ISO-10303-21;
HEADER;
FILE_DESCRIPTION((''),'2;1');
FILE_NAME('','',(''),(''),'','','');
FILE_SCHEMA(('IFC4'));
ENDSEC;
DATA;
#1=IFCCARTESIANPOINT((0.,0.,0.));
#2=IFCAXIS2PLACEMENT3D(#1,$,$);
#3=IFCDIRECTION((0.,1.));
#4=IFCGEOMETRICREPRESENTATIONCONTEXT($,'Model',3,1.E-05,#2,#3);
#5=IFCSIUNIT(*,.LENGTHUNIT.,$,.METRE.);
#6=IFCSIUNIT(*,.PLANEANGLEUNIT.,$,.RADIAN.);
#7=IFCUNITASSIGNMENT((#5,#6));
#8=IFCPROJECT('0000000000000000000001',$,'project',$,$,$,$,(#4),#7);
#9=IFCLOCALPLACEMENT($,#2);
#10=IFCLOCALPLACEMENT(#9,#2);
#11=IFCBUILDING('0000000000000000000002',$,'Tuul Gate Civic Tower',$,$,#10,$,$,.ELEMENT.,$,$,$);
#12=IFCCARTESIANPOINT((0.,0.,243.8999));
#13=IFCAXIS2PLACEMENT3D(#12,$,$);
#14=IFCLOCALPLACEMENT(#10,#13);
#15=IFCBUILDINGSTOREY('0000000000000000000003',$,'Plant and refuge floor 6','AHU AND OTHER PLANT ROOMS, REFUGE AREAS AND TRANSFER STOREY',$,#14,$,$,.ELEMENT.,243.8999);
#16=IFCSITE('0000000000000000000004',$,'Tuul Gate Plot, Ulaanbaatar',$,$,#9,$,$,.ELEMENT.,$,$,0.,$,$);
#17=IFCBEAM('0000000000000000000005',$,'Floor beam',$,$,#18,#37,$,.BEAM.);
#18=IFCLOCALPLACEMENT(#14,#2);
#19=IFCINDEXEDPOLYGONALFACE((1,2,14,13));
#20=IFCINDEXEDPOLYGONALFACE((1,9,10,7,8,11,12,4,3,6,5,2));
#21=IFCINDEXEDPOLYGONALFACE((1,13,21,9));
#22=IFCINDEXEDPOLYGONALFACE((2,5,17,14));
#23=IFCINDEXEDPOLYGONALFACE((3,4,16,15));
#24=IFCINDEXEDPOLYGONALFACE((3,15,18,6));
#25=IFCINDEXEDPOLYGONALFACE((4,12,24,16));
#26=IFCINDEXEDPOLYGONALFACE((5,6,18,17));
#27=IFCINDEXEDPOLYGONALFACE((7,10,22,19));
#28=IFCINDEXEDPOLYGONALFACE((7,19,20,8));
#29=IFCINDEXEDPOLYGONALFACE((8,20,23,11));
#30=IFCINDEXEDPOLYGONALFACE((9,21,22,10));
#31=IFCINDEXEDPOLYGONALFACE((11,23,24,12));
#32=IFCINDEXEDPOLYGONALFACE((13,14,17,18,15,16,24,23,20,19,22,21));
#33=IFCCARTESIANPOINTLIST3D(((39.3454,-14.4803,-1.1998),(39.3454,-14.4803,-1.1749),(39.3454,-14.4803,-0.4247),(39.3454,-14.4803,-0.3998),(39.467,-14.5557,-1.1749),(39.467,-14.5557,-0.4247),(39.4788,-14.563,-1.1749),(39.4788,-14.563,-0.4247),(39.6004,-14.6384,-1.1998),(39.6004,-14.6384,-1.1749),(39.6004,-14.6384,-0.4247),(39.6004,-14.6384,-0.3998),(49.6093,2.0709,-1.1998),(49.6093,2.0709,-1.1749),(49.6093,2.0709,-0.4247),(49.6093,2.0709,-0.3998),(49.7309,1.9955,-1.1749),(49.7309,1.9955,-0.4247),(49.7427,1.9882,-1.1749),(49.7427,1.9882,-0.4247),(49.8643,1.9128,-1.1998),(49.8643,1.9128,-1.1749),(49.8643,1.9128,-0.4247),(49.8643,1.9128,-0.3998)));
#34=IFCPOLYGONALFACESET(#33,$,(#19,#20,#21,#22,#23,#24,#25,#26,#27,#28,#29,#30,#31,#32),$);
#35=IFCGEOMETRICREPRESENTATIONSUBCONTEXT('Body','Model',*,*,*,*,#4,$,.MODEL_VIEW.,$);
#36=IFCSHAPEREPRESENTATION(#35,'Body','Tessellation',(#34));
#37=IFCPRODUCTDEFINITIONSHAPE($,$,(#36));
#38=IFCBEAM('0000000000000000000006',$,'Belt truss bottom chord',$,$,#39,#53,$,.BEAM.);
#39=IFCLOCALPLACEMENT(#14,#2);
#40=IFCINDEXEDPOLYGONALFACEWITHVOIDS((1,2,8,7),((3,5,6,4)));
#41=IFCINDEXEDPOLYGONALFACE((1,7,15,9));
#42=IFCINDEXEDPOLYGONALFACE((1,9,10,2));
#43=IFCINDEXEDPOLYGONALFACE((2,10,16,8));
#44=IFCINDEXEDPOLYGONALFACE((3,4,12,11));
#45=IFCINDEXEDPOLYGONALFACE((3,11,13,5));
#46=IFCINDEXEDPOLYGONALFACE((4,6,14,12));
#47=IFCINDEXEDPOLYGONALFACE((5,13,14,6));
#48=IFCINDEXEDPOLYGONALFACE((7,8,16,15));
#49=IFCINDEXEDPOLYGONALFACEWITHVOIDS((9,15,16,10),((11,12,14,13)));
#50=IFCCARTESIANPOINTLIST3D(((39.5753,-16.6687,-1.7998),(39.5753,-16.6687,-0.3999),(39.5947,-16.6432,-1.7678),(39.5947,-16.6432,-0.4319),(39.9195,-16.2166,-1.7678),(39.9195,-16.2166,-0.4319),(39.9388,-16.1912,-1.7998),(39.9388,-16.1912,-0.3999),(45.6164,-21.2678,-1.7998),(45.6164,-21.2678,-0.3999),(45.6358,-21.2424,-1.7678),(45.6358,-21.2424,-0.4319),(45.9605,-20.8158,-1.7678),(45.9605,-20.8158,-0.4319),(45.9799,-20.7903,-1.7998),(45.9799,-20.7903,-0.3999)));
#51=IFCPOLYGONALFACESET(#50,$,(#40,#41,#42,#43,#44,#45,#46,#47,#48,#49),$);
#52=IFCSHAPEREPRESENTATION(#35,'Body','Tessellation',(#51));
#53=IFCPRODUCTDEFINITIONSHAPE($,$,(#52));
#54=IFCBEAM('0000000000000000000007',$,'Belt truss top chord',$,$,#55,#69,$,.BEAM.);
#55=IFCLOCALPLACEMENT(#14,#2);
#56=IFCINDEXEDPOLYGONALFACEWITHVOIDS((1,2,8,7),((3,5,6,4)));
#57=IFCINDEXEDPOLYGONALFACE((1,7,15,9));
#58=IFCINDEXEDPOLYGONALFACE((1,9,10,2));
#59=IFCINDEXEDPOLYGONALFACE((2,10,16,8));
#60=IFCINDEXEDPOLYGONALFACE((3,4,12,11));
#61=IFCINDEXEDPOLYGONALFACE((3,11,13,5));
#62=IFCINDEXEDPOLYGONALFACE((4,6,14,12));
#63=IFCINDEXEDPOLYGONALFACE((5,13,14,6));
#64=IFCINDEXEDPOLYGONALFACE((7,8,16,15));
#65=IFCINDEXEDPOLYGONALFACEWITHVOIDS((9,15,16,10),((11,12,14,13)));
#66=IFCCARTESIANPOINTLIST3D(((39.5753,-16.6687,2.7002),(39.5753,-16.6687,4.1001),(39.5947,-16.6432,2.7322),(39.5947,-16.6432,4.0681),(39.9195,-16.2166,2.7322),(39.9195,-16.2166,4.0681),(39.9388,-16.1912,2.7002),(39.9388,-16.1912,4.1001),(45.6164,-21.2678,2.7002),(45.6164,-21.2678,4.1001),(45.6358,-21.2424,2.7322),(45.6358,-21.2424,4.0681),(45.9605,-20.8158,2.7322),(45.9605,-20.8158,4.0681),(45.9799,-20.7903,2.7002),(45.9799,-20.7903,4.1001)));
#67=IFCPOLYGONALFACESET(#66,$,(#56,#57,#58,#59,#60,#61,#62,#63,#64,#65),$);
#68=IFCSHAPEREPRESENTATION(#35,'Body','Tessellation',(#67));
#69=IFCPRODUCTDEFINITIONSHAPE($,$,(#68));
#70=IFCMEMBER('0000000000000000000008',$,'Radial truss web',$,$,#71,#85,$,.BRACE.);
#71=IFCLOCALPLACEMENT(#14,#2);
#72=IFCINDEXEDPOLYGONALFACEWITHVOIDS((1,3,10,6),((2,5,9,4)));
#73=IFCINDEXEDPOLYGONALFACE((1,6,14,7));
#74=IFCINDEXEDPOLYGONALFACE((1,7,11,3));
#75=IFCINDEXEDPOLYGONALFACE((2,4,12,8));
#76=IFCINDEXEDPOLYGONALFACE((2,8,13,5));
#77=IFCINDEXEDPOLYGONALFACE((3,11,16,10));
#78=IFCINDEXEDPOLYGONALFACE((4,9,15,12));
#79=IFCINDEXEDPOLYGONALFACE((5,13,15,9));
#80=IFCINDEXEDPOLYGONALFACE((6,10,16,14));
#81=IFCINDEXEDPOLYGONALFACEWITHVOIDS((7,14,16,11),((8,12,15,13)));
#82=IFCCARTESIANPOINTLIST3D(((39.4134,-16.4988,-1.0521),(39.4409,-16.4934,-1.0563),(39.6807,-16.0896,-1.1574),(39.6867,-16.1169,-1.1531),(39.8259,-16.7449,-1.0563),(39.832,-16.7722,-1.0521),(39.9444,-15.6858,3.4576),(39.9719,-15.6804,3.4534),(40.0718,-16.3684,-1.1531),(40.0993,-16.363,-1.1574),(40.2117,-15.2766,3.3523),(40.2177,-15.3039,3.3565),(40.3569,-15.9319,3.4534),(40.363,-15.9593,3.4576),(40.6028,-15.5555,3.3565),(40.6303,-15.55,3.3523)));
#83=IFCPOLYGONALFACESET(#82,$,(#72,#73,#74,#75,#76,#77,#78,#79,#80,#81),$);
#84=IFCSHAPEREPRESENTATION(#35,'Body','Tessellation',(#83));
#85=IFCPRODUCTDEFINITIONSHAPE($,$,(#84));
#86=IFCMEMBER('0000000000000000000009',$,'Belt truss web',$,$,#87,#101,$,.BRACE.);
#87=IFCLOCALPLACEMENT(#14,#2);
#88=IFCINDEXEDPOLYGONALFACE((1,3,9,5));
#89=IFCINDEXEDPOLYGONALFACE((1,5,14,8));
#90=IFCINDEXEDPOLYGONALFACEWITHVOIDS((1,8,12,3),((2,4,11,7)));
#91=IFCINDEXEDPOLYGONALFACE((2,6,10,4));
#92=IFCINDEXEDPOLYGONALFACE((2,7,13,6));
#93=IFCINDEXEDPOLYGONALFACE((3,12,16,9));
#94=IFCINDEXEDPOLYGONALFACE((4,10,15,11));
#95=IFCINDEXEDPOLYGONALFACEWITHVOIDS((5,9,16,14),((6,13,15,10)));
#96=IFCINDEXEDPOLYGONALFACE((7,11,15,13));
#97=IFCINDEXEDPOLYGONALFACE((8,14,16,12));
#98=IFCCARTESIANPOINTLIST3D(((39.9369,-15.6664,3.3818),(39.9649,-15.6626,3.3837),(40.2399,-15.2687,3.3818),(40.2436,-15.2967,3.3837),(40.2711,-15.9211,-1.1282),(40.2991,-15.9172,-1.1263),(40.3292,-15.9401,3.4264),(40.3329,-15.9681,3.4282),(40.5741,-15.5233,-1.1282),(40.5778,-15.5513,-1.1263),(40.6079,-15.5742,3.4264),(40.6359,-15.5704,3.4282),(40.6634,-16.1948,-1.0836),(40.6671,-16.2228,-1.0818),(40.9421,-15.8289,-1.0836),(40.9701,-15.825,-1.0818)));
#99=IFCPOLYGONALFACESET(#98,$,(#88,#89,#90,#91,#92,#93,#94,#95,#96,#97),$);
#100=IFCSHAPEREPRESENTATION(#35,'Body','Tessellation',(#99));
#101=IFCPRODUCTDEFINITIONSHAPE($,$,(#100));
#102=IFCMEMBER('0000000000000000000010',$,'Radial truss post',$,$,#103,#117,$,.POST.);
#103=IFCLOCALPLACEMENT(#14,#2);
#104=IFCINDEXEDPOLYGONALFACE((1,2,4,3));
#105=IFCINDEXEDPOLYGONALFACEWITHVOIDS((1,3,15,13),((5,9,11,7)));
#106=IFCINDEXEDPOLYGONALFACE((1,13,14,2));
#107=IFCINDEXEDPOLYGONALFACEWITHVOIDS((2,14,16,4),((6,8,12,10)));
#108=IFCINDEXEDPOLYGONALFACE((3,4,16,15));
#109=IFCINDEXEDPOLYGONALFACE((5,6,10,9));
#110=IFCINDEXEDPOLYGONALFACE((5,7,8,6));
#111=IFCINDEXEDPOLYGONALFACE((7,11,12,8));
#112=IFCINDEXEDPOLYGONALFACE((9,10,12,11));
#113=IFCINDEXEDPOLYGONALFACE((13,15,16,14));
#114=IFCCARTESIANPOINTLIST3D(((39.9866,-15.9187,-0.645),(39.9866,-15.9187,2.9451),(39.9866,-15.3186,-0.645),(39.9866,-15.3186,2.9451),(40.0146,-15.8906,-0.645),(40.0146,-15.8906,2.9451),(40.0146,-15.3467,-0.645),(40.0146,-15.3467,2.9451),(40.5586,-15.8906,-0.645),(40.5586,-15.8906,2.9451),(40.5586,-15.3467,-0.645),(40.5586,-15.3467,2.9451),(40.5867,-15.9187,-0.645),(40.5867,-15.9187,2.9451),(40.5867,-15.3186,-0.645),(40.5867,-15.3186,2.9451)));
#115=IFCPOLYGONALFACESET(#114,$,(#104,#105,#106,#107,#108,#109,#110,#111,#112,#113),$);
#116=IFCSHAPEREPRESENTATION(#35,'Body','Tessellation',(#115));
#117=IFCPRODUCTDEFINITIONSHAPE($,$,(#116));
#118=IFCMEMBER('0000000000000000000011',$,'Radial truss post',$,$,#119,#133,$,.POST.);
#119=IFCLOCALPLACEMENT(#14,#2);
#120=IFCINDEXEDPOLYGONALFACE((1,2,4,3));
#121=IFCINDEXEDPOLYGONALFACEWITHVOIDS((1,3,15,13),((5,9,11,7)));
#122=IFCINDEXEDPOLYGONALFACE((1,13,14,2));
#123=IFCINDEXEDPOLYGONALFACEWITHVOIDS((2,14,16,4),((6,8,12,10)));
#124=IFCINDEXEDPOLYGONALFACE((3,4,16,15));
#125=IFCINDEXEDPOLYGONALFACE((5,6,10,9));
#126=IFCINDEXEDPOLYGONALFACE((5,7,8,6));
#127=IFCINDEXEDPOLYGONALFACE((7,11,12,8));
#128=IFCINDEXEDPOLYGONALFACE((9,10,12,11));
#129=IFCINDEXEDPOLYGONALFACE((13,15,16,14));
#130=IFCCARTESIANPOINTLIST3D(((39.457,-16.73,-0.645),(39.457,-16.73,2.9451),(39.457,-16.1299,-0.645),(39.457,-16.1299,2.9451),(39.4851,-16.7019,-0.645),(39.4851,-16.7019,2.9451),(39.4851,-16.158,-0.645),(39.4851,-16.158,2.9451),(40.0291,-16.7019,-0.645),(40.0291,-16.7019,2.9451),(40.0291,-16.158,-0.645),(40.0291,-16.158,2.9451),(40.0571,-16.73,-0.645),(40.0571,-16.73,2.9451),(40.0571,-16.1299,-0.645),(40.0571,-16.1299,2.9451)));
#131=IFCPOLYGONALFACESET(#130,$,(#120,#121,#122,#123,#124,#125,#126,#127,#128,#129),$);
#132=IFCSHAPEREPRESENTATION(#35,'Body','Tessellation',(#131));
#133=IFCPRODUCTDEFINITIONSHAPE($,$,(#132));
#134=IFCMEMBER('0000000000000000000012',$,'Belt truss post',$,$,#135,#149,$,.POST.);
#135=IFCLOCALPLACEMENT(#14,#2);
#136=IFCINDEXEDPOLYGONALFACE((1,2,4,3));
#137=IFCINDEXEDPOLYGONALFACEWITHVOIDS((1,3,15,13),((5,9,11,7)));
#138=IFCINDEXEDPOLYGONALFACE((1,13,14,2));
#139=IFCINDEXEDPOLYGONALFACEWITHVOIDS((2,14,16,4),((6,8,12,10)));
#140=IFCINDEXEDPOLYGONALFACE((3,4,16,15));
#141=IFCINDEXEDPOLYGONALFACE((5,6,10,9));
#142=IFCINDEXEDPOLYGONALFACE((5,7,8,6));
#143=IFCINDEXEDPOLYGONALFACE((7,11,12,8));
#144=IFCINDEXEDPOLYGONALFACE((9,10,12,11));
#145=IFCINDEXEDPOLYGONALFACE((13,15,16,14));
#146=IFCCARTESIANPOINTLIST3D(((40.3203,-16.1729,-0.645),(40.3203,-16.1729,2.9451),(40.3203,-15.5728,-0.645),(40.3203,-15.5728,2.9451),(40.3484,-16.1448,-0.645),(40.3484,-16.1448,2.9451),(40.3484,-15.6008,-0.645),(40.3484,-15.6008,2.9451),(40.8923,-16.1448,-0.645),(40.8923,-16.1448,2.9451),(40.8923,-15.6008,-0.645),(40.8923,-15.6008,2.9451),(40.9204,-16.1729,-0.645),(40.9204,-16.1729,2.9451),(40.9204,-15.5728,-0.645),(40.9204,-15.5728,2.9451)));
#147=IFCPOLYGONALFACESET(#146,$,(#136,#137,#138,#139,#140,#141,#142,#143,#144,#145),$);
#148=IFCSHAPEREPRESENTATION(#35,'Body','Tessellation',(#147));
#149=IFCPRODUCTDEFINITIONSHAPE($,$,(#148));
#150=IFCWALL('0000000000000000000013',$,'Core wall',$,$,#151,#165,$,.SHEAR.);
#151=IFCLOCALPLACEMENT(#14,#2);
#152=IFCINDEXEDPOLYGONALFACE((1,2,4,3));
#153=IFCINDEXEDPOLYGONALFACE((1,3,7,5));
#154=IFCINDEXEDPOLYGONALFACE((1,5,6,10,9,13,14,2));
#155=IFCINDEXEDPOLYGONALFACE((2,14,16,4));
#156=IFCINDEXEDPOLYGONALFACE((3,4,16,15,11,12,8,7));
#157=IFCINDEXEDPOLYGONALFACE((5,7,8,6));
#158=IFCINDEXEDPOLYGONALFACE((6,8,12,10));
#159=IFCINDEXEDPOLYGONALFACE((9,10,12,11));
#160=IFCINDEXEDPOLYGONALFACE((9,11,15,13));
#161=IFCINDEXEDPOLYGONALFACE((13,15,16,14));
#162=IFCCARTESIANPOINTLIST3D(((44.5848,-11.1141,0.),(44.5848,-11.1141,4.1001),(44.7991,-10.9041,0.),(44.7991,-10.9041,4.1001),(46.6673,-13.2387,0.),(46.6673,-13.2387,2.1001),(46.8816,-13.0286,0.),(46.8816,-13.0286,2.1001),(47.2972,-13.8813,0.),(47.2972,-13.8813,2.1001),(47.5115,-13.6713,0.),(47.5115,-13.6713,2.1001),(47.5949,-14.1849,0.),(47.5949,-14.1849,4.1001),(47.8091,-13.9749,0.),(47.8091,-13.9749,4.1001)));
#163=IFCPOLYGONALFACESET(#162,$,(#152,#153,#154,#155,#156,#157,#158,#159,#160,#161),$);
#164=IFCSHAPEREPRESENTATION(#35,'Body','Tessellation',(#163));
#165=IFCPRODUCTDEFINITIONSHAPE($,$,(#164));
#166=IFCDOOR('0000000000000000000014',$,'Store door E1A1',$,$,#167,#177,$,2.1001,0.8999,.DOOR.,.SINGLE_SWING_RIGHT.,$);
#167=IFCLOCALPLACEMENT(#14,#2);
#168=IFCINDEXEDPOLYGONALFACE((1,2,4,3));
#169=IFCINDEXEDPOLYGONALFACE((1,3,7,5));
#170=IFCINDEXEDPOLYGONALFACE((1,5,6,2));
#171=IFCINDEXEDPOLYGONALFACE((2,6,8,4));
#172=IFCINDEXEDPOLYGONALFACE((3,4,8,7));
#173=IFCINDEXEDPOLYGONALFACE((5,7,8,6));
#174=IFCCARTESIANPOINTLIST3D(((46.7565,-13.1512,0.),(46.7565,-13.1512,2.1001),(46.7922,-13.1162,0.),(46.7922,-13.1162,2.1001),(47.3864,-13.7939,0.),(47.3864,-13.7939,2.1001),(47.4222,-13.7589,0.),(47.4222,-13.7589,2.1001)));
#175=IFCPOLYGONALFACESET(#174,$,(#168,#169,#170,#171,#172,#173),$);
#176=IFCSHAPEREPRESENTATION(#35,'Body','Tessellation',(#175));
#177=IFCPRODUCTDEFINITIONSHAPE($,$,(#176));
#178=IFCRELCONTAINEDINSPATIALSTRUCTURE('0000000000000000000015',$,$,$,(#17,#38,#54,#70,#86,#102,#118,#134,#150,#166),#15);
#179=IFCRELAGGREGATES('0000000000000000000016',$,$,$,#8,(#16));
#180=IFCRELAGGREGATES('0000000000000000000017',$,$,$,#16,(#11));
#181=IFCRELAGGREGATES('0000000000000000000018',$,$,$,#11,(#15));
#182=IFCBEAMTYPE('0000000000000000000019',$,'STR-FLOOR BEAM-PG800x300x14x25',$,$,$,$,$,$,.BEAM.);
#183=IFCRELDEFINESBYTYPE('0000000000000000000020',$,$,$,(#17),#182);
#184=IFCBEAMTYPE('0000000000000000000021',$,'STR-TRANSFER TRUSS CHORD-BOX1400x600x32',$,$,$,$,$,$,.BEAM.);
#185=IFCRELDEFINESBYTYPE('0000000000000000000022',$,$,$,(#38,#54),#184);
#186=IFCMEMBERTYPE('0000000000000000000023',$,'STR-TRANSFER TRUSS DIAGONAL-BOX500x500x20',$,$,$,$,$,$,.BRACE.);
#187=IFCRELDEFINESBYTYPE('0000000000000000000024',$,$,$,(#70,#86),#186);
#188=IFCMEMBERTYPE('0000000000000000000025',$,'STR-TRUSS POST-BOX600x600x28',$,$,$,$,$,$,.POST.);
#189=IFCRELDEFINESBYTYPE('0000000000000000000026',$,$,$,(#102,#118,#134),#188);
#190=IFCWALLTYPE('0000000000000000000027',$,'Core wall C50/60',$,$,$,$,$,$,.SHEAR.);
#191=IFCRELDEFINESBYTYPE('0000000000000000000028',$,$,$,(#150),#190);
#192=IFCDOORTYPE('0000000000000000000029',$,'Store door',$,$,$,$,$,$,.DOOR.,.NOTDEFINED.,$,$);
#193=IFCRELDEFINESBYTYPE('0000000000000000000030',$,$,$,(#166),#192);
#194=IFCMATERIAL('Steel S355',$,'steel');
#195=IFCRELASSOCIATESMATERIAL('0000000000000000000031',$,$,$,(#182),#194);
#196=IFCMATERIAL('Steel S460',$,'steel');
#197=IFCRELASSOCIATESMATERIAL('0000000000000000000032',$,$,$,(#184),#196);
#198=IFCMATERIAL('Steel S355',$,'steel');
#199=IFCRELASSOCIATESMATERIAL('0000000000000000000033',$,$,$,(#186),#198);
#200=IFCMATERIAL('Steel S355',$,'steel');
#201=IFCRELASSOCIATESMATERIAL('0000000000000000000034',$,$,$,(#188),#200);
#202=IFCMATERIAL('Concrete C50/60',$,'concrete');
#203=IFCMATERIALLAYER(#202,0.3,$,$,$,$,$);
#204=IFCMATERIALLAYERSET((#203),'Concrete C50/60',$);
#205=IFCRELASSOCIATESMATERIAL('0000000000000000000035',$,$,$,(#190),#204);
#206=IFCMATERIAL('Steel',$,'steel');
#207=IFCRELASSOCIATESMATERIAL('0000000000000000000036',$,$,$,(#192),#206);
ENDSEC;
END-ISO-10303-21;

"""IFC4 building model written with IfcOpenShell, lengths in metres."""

from ifc_helpers import new_model, si_unit, direction, frame, frame_2d, origin, origin_2d, place, context, subcontext, project, spatial, rectangle, hollow_rectangle, i_section, extrude, material, layer, layer_set, material_profile, profile_set, type_object, element, fill, save


model = new_model("IFC4")

# Units and contexts
model_context = context("Model", 3, precision=1e-05, world=origin(), true_north=direction((0.0, 1.0)))
body_context = subcontext(model_context, "Body", "Model", "MODEL_VIEW")
ifc_project = project(units=[si_unit("LENGTHUNIT", "METRE"), si_unit("PLANEANGLEUNIT", "RADIAN")], contexts=[model_context])

# Site, building, storey
site_placement = place(None, origin())
site = spatial("IfcSite", under=ifc_project, at=site_placement, Name="Tuul Gate Plot, Ulaanbaatar", CompositionType="ELEMENT", RefElevation=0.0)
building_placement = place(site_placement, origin())
building = spatial("IfcBuilding", under=site, at=building_placement, Name="Tuul Gate Civic Tower", CompositionType="ELEMENT")
storey_placement = place(building_placement, frame((0.0, 0.0, 243.8999)))
storey = spatial("IfcBuildingStorey", under=building, at=storey_placement, Name="Plant and refuge floor 6", Description="AHU AND OTHER PLANT ROOMS, REFUGE AREAS AND TRANSFER STOREY", CompositionType="ELEMENT", Elevation=243.8999)

# Beams
ifc_material_1 = material(Name="Steel S355", Category="steel")
ifc_material_profile_1 = material_profile(ifc_material_1, i_section(OverallWidth=0.3, OverallDepth=0.8, WebThickness=0.0139, FlangeThickness=0.0249, at=origin_2d()), Name="PG800x300x14x25")
ifc_profile_set_1 = profile_set([ifc_material_profile_1], Name="Steel S355")
beam_type_1 = type_object("IfcBeamType", Name="STR-FLOOR BEAM-PG800x300x14x25", PredefinedType="BEAM", material=ifc_profile_set_1)
beam_placement = place(storey_placement, frame((39.4729, -14.5593, -0.7998), z_axis=(0.527019, 0.849854, 0.0), x_axis=(-0.849854, 0.527019, 0.0)))
element("IfcBeam", 1, at=beam_placement, inside=storey, type_object=beam_type_1, Name="Floor beam", PredefinedType="BEAM", context=body_context, shape_type="SweptSolid", body=[
    extrude(i_section(OverallWidth=0.3, OverallDepth=0.8, WebThickness=0.0139, FlangeThickness=0.0249, at=origin_2d()), origin(), (0.0, 0.0, 1.0), 19.4753),
])
ifc_material_2 = material(Name="Steel S460", Category="steel")
ifc_material_profile_2 = material_profile(ifc_material_2, hollow_rectangle(XDim=0.6001, YDim=1.3999, WallThickness=0.032, at=origin_2d()), Name="BOX1400x600x32")
ifc_profile_set_2 = profile_set([ifc_material_profile_2], Name="Steel S460")
beam_type_2 = type_object("IfcBeamType", Name="STR-TRANSFER TRUSS CHORD-BOX1400x600x32", PredefinedType="BEAM", material=ifc_profile_set_2)
for number, where, z_axis, x_axis, name in (
    (2, (39.7571, -16.4299, -1.0999), (0.795658, -0.605747, 0.0), (0.605747, 0.795658, 0.0), "Belt truss bottom chord"),
    (3, (39.7571, -16.4299, 3.4001), (0.795658, -0.605747, 0.0), (0.605747, 0.795658, 0.0), "Belt truss top chord"),
):
    element("IfcBeam", number, at=place(storey_placement, frame(where, z_axis=z_axis, x_axis=x_axis)), inside=storey, type_object=beam_type_2, Name=name, PredefinedType="BEAM", context=body_context, shape_type="SweptSolid", body=[
        extrude(hollow_rectangle(XDim=0.6001, YDim=1.3999, WallThickness=0.032, at=origin_2d()), origin(), (0.0, 0.0, 1.0), 7.5925),
    ])

# Members
ifc_material_3 = material(Name="Steel S355", Category="steel")
ifc_material_profile_3 = material_profile(ifc_material_3, hollow_rectangle(XDim=0.5, YDim=0.5, WallThickness=0.02, at=origin_2d()), Name="BOX500x500x20")
ifc_profile_set_3 = profile_set([ifc_material_profile_3], Name="Steel S355")
member_type_1 = type_object("IfcMemberType", Name="STR-TRANSFER TRUSS DIAGONAL-BOX500x500x20", PredefinedType="BRACE", material=ifc_profile_set_3)
member_1_placement = place(storey_placement, frame((39.7563, -16.4309, -1.1047), z_axis=(0.115108, 0.176234, 0.977595), x_axis=(-0.837235, 0.546843, 0.0)))
element("IfcMember", 4, at=member_1_placement, inside=storey, type_object=member_type_1, Name="Radial truss web", PredefinedType="BRACE", context=body_context, shape_type="SweptSolid", body=[
    extrude(hollow_rectangle(XDim=0.5, YDim=0.5, WallThickness=0.02, at=origin_2d()), origin(), (0.0, 0.0, 1.0), 4.613),
])
member_2_placement = place(storey_placement, frame((40.6206, -15.873, -1.105), z_axis=(-0.073789, 0.056217, 0.995688), x_axis=(-0.606026, -0.795445, 0.0)))
element("IfcMember", 5, at=member_2_placement, inside=storey, type_object=member_type_1, Name="Belt truss web", PredefinedType="BRACE", context=body_context, shape_type="SweptSolid", body=[
    extrude(hollow_rectangle(XDim=0.5, YDim=0.5, WallThickness=0.02, at=origin_2d()), origin(), (0.0, 0.0, 1.0), 4.5295),
])
ifc_material_4 = material(Name="Steel S355", Category="steel")
ifc_material_profile_4 = material_profile(ifc_material_4, hollow_rectangle(XDim=0.6001, YDim=0.6001, WallThickness=0.0281, at=origin_2d()), Name="BOX600x600x28")
ifc_profile_set_4 = profile_set([ifc_material_profile_4], Name="Steel S355")
member_type_2 = type_object("IfcMemberType", Name="STR-TRUSS POST-BOX600x600x28", PredefinedType="POST", material=ifc_profile_set_4)
for number, where, z_axis, x_axis, name in (
    (6, (40.2866, -15.6187, -0.645), (0.0, 0.0, 1.0), (1.0, 0.0, 0.0), "Radial truss post"),
    (7, (39.7571, -16.4299, -0.645), (0.0, 0.0, 1.0), (1.0, 0.0, 0.0), "Radial truss post"),
    (8, (40.6204, -15.8728, -0.645), (0.0, 0.0, 1.0), (1.0, 0.0, 0.0), "Belt truss post"),
):
    element("IfcMember", number, at=place(storey_placement, frame(where, z_axis=z_axis, x_axis=x_axis)), inside=storey, type_object=member_type_2, Name=name, PredefinedType="POST", context=body_context, shape_type="SweptSolid", body=[
        extrude(hollow_rectangle(XDim=0.6001, YDim=0.6001, WallThickness=0.0281, at=origin_2d()), origin(), (0.0, 0.0, 1.0), 3.5901),
    ])

# Wall, opening, door
ifc_material_5 = material(Name="Concrete C50/60", Category="concrete")
ifc_layer_1 = layer(ifc_material_5, 0.3)
ifc_layer_set_1 = layer_set([ifc_layer_1], Name="Concrete C50/60")
wall_type_1 = type_object("IfcWallType", Name="Core wall C50/60", PredefinedType="SHEAR", material=ifc_layer_set_1)
wall_1_placement = place(storey_placement, frame((47.7019, -14.0798, 0.0), z_axis=(0.0, 0.0, 1.0), x_axis=(-0.700003, 0.71414, 0.0)))
wall_1 = element("IfcWall", 9, at=wall_1_placement, inside=storey, type_object=wall_type_1, Name="Core wall", PredefinedType="SHEAR", context=body_context, shape_type="SweptSolid", body=[
    extrude(rectangle(XDim=4.3, YDim=0.3, at=frame_2d((2.1499, 0.0))), origin(), (0.0, 0.0, 1.0), 4.1001),
])
opening_1_placement = place(wall_1_placement, frame((0.425, 0.0, 0.0)))
opening_1 = element("IfcOpeningElement", 10, at=opening_1_placement, cuts=wall_1, PredefinedType="OPENING", context=body_context, shape_type="SweptSolid", body=[
    extrude(rectangle(XDim=0.8999, YDim=2.1001, at=frame_2d((0.45, 1.05))), frame((0.0, 0.1602, 0.0), z_axis=(0.0, -1.0, 0.0), x_axis=(1.0, 0.0, 0.0)), (0.0, 0.0, 1.0), 0.3201),
])
ifc_material_6 = material(Name="Steel", Category="steel")
door_type_1 = type_object("IfcDoorType", Name="Store door", OperationType="NOTDEFINED", PredefinedType="DOOR", material=ifc_material_6)
door_1_placement = place(opening_1_placement, frame((0.8999, 0.0, 0.0), z_axis=(0.0, 0.0, 1.0), x_axis=(-1.0, 0.0, 0.0)))
door_1 = element("IfcDoor", 11, at=door_1_placement, inside=storey, type_object=door_type_1, Name="Store door E1A1", OperationType="SINGLE_SWING_RIGHT", OverallHeight=2.1001, OverallWidth=0.8999, PredefinedType="DOOR", context=body_context, shape_type="SweptSolid", body=[
    extrude(rectangle(XDim=0.8999, YDim=2.1001, at=frame_2d((0.45, 1.05))), frame((0.0, 0.0249, 0.0), z_axis=(0.0, -1.0, 0.0), x_axis=(1.0, 0.0, 0.0)), (0.0, 0.0, 1.0), 0.05),
])
fill(opening_1, door_1)

save(model, "model.ifc")
